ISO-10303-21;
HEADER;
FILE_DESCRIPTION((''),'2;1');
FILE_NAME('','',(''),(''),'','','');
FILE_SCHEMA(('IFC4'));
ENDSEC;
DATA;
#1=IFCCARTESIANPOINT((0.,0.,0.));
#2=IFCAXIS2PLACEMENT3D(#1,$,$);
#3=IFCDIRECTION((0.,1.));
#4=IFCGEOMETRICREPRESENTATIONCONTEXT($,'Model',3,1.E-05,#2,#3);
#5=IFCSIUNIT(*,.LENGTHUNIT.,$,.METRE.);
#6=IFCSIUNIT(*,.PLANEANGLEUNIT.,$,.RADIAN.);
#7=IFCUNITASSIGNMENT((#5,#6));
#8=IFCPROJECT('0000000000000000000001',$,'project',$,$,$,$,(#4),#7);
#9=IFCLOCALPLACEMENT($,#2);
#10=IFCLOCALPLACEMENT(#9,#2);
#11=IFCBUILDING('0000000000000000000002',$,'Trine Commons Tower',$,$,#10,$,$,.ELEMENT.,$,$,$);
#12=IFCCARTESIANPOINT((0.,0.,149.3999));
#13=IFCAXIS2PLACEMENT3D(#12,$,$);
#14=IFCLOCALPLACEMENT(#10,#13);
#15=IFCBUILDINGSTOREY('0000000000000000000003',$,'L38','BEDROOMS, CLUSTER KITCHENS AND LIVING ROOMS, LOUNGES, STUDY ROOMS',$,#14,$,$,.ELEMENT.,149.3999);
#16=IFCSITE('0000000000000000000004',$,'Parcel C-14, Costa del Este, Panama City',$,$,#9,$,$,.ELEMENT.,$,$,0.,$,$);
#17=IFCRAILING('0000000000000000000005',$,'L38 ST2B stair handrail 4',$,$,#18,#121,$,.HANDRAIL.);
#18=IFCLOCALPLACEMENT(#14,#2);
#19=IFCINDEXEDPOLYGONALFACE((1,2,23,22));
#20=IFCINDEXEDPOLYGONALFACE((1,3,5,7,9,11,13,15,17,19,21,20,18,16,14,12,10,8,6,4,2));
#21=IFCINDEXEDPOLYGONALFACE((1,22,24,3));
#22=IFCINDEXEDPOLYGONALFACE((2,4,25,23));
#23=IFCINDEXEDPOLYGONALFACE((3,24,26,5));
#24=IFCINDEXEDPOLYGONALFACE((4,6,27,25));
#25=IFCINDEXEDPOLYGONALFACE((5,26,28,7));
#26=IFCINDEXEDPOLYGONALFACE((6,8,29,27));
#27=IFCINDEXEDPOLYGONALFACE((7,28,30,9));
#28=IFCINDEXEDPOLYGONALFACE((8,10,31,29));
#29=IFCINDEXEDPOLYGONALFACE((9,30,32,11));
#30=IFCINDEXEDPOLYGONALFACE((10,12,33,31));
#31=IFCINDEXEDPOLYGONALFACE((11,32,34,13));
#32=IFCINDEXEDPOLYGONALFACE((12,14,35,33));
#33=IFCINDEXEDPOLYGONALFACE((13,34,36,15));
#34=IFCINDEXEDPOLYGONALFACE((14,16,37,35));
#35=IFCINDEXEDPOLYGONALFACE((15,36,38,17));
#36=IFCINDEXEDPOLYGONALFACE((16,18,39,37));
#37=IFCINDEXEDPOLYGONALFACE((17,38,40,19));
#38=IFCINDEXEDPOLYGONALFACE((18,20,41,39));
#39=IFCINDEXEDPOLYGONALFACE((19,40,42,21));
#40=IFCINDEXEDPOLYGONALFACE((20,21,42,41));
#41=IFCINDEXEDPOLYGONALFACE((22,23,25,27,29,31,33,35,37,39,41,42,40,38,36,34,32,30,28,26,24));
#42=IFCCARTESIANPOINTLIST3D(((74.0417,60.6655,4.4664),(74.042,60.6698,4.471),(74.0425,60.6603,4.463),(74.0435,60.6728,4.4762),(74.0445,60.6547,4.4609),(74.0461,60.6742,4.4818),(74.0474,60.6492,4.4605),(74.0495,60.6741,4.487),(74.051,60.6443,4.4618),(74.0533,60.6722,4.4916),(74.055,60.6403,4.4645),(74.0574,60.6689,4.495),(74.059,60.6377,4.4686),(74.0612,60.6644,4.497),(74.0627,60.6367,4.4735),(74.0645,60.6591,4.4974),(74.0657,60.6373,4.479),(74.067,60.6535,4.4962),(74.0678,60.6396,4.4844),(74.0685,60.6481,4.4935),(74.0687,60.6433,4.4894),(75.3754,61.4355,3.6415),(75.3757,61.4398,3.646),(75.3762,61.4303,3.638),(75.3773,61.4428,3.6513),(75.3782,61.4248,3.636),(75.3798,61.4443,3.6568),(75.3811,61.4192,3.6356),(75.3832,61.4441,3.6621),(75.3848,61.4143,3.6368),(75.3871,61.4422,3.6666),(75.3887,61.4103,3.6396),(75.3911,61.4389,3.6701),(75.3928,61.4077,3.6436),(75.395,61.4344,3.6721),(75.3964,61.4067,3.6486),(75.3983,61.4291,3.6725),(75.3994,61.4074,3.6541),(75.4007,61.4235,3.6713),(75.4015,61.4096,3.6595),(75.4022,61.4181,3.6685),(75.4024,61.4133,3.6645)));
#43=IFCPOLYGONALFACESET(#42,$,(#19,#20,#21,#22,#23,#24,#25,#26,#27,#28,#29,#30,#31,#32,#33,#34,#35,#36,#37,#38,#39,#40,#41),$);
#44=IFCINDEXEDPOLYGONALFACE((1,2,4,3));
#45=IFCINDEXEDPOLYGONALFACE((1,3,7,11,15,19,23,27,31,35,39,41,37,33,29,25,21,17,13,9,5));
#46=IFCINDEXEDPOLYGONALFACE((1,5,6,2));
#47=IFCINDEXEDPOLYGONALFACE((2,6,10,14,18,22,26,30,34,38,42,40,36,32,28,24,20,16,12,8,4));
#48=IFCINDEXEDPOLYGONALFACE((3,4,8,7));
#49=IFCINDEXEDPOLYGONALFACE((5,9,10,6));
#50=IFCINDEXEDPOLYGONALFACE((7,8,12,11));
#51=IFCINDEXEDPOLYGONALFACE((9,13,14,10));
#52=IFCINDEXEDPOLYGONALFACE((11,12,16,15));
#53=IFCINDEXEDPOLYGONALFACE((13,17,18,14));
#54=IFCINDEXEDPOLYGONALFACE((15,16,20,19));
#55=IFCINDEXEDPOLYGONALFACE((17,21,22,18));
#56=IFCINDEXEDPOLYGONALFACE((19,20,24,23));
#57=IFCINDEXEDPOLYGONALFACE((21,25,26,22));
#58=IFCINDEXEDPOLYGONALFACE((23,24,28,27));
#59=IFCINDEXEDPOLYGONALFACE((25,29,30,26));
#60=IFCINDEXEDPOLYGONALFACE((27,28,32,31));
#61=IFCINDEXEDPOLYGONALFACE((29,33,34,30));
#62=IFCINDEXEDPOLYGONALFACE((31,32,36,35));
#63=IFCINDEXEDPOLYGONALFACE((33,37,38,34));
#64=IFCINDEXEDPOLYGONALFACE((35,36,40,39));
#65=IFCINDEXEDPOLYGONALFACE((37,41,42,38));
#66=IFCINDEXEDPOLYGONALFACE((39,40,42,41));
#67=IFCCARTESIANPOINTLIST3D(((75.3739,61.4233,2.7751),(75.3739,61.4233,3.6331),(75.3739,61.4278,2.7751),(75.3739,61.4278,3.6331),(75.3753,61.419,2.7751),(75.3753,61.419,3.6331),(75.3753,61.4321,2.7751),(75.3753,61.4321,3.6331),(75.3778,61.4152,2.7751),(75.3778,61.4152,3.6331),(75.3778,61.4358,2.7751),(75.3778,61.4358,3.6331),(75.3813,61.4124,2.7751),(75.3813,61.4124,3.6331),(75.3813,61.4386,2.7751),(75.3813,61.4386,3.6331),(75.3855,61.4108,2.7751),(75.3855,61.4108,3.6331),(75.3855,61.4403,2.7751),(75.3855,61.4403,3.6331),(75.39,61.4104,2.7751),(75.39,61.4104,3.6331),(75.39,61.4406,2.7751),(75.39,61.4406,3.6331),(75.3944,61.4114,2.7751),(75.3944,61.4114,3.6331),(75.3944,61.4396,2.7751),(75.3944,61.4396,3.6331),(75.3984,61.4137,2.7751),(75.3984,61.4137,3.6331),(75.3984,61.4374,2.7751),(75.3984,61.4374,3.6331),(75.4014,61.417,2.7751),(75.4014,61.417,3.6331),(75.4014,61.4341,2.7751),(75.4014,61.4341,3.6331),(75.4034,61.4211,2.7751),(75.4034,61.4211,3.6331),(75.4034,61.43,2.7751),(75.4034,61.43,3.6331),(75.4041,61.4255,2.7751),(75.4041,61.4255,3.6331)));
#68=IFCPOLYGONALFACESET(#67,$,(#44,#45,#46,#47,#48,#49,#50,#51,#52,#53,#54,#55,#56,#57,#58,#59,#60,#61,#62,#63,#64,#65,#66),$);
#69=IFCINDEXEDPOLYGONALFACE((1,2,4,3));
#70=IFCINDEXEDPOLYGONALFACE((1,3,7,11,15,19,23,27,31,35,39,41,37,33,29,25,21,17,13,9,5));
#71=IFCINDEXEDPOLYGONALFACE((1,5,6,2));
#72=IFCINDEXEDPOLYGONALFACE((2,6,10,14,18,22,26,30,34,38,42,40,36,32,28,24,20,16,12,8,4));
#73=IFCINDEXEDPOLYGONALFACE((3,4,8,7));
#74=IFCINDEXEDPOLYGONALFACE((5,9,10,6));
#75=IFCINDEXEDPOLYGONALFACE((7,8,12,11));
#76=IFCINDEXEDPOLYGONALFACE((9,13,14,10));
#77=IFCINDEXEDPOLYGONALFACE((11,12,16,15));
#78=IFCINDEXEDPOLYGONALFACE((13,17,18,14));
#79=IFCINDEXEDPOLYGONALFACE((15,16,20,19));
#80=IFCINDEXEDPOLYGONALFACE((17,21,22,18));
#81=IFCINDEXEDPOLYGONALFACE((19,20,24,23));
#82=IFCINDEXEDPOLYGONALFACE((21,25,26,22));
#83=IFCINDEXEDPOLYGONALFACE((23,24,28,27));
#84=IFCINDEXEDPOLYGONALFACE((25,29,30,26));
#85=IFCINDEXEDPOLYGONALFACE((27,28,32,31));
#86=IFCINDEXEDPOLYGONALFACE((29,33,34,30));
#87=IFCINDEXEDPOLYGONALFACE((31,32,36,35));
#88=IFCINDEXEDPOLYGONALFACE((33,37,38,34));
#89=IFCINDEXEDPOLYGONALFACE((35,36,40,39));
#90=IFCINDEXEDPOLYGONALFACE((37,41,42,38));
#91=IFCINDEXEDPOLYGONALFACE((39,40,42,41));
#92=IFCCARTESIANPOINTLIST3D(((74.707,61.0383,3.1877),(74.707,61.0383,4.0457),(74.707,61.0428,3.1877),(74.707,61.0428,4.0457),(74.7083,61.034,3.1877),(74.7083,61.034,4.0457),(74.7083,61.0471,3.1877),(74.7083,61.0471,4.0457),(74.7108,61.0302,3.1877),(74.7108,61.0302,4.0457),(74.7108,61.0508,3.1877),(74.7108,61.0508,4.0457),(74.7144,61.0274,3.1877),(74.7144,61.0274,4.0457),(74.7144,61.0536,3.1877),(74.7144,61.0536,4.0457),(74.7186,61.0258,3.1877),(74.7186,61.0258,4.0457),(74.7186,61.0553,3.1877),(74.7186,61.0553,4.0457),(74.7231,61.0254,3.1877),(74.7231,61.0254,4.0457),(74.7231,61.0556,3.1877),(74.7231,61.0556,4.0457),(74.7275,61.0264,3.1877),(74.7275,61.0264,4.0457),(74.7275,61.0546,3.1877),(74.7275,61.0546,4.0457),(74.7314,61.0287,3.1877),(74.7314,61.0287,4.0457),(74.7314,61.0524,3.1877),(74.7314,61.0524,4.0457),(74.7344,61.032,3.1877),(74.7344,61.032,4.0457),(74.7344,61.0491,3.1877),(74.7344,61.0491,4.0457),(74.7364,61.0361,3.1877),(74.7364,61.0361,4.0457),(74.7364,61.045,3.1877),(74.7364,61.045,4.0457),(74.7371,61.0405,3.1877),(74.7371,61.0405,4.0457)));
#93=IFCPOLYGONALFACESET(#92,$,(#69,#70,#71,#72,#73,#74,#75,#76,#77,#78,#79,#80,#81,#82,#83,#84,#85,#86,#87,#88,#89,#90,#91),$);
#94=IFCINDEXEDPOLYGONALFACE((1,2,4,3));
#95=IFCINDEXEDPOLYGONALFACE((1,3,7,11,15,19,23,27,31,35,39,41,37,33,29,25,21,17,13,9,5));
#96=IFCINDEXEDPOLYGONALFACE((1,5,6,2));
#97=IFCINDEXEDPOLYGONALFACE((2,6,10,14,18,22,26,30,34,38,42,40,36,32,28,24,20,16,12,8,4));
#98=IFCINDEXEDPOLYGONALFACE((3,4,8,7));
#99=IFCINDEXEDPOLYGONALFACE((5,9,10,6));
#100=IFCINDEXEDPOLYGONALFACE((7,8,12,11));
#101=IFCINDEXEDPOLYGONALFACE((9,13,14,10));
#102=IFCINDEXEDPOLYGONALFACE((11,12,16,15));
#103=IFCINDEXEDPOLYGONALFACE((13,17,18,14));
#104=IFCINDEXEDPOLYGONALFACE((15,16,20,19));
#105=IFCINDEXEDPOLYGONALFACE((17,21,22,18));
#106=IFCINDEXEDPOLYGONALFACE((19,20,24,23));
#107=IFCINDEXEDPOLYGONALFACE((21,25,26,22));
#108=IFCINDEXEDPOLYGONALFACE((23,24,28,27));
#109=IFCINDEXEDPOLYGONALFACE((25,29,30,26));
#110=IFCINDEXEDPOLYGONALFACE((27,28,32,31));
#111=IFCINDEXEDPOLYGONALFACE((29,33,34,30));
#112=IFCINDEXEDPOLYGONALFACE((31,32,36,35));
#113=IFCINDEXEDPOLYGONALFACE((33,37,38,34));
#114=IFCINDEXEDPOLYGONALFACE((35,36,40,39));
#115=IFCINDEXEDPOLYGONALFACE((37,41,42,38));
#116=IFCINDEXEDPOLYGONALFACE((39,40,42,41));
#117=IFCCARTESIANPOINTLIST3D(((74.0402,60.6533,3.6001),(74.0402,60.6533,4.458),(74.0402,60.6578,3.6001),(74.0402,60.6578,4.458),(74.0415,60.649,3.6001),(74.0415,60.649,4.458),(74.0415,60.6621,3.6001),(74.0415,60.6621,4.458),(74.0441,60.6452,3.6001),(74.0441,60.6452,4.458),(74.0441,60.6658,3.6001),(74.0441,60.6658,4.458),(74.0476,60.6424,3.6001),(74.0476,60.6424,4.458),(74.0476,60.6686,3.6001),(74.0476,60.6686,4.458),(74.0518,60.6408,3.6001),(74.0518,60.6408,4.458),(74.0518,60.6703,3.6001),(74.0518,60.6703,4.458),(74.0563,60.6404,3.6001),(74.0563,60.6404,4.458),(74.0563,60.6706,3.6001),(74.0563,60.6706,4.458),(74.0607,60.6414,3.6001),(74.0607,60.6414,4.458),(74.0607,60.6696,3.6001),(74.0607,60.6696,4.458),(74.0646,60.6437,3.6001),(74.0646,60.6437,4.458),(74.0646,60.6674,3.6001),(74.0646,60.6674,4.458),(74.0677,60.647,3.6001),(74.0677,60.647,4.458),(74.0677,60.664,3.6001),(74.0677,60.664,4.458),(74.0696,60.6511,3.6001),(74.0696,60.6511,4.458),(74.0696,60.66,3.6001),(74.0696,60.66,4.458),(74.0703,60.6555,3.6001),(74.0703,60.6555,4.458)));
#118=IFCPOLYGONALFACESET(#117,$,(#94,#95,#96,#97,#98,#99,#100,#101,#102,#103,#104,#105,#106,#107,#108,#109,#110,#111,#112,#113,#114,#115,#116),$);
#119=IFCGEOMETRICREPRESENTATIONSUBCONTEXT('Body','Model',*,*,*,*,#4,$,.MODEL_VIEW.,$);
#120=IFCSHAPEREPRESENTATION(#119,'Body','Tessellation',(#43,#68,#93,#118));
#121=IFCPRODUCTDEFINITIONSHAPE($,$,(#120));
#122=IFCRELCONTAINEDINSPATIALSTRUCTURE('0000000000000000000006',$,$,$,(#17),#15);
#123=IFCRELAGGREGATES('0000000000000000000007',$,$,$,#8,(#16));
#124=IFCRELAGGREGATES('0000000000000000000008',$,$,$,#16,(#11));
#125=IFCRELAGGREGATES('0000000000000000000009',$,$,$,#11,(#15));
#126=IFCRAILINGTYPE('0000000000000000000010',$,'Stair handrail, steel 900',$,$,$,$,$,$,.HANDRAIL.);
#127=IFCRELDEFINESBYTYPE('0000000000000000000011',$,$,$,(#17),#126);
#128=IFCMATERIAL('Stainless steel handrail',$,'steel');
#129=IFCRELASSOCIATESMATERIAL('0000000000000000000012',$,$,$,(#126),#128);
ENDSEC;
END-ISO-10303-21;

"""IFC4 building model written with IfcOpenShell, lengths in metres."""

from ifc_helpers import new_model, si_unit, direction, frame, origin, origin_2d, place, context, subcontext, project, spatial, circle, extrude, material, type_object, element, save


model = new_model("IFC4")

# Units and contexts
model_context = context("Model", 3, precision=1e-05, world=origin(), true_north=direction((0.0, 1.0)))
body_context = subcontext(model_context, "Body", "Model", "MODEL_VIEW")
ifc_project = project(units=[si_unit("LENGTHUNIT", "METRE"), si_unit("PLANEANGLEUNIT", "RADIAN")], contexts=[model_context])

# Site, building, storey
site_placement = place(None, origin())
site = spatial("IfcSite", under=ifc_project, at=site_placement, Name="Parcel C-14, Costa del Este, Panama City", CompositionType="ELEMENT", RefElevation=0.0)
building_placement = place(site_placement, origin())
building = spatial("IfcBuilding", under=site, at=building_placement, Name="Trine Commons Tower", CompositionType="ELEMENT")
storey_placement = place(building_placement, frame((0.0, 0.0, 149.3999)))
storey = spatial("IfcBuildingStorey", under=building, at=storey_placement, Name="L38", Description="BEDROOMS, CLUSTER KITCHENS AND LIVING ROOMS, LOUNGES, STUDY ROOMS", CompositionType="ELEMENT", Elevation=149.3999)

# Railing
ifc_material_1 = material(Name="Stainless steel handrail", Category="steel")
railing_type_1 = type_object("IfcRailingType", Name="Stair handrail, steel 900", PredefinedType="HANDRAIL", material=ifc_material_1)
for number, where, name in (
    (1, (75.3889, 61.4255, 2.7751), "L38 ST2B stair handrail 4"),
):
    element("IfcRailing", number, at=place(storey_placement, frame(where)), inside=storey, type_object=railing_type_1, Name=name, PredefinedType="HANDRAIL", context=body_context, shape_type="SweptSolid", body=[
        extrude(circle(Radius=0.021, at=origin_2d()), frame((0.0, 0.0, 0.8789), z_axis=(-0.763405, -0.440743, 0.472185), x_axis=(0.499992, -0.86603, 0.0)), (0.0, 0.0, 1.0), 1.7471),
        extrude(circle(Radius=0.0151, at=origin_2d()), origin(), (0.0, 0.0, 1.0), 0.8579),
        extrude(circle(Radius=0.0151, at=origin_2d()), frame((-0.667, -0.385, 0.4126)), (0.0, 0.0, 1.0), 0.8579),
        extrude(circle(Radius=0.0151, at=origin_2d()), frame((-1.3337, -0.77, 0.825)), (0.0, 0.0, 1.0), 0.8579),
    ])

save(model, "model.ifc")
